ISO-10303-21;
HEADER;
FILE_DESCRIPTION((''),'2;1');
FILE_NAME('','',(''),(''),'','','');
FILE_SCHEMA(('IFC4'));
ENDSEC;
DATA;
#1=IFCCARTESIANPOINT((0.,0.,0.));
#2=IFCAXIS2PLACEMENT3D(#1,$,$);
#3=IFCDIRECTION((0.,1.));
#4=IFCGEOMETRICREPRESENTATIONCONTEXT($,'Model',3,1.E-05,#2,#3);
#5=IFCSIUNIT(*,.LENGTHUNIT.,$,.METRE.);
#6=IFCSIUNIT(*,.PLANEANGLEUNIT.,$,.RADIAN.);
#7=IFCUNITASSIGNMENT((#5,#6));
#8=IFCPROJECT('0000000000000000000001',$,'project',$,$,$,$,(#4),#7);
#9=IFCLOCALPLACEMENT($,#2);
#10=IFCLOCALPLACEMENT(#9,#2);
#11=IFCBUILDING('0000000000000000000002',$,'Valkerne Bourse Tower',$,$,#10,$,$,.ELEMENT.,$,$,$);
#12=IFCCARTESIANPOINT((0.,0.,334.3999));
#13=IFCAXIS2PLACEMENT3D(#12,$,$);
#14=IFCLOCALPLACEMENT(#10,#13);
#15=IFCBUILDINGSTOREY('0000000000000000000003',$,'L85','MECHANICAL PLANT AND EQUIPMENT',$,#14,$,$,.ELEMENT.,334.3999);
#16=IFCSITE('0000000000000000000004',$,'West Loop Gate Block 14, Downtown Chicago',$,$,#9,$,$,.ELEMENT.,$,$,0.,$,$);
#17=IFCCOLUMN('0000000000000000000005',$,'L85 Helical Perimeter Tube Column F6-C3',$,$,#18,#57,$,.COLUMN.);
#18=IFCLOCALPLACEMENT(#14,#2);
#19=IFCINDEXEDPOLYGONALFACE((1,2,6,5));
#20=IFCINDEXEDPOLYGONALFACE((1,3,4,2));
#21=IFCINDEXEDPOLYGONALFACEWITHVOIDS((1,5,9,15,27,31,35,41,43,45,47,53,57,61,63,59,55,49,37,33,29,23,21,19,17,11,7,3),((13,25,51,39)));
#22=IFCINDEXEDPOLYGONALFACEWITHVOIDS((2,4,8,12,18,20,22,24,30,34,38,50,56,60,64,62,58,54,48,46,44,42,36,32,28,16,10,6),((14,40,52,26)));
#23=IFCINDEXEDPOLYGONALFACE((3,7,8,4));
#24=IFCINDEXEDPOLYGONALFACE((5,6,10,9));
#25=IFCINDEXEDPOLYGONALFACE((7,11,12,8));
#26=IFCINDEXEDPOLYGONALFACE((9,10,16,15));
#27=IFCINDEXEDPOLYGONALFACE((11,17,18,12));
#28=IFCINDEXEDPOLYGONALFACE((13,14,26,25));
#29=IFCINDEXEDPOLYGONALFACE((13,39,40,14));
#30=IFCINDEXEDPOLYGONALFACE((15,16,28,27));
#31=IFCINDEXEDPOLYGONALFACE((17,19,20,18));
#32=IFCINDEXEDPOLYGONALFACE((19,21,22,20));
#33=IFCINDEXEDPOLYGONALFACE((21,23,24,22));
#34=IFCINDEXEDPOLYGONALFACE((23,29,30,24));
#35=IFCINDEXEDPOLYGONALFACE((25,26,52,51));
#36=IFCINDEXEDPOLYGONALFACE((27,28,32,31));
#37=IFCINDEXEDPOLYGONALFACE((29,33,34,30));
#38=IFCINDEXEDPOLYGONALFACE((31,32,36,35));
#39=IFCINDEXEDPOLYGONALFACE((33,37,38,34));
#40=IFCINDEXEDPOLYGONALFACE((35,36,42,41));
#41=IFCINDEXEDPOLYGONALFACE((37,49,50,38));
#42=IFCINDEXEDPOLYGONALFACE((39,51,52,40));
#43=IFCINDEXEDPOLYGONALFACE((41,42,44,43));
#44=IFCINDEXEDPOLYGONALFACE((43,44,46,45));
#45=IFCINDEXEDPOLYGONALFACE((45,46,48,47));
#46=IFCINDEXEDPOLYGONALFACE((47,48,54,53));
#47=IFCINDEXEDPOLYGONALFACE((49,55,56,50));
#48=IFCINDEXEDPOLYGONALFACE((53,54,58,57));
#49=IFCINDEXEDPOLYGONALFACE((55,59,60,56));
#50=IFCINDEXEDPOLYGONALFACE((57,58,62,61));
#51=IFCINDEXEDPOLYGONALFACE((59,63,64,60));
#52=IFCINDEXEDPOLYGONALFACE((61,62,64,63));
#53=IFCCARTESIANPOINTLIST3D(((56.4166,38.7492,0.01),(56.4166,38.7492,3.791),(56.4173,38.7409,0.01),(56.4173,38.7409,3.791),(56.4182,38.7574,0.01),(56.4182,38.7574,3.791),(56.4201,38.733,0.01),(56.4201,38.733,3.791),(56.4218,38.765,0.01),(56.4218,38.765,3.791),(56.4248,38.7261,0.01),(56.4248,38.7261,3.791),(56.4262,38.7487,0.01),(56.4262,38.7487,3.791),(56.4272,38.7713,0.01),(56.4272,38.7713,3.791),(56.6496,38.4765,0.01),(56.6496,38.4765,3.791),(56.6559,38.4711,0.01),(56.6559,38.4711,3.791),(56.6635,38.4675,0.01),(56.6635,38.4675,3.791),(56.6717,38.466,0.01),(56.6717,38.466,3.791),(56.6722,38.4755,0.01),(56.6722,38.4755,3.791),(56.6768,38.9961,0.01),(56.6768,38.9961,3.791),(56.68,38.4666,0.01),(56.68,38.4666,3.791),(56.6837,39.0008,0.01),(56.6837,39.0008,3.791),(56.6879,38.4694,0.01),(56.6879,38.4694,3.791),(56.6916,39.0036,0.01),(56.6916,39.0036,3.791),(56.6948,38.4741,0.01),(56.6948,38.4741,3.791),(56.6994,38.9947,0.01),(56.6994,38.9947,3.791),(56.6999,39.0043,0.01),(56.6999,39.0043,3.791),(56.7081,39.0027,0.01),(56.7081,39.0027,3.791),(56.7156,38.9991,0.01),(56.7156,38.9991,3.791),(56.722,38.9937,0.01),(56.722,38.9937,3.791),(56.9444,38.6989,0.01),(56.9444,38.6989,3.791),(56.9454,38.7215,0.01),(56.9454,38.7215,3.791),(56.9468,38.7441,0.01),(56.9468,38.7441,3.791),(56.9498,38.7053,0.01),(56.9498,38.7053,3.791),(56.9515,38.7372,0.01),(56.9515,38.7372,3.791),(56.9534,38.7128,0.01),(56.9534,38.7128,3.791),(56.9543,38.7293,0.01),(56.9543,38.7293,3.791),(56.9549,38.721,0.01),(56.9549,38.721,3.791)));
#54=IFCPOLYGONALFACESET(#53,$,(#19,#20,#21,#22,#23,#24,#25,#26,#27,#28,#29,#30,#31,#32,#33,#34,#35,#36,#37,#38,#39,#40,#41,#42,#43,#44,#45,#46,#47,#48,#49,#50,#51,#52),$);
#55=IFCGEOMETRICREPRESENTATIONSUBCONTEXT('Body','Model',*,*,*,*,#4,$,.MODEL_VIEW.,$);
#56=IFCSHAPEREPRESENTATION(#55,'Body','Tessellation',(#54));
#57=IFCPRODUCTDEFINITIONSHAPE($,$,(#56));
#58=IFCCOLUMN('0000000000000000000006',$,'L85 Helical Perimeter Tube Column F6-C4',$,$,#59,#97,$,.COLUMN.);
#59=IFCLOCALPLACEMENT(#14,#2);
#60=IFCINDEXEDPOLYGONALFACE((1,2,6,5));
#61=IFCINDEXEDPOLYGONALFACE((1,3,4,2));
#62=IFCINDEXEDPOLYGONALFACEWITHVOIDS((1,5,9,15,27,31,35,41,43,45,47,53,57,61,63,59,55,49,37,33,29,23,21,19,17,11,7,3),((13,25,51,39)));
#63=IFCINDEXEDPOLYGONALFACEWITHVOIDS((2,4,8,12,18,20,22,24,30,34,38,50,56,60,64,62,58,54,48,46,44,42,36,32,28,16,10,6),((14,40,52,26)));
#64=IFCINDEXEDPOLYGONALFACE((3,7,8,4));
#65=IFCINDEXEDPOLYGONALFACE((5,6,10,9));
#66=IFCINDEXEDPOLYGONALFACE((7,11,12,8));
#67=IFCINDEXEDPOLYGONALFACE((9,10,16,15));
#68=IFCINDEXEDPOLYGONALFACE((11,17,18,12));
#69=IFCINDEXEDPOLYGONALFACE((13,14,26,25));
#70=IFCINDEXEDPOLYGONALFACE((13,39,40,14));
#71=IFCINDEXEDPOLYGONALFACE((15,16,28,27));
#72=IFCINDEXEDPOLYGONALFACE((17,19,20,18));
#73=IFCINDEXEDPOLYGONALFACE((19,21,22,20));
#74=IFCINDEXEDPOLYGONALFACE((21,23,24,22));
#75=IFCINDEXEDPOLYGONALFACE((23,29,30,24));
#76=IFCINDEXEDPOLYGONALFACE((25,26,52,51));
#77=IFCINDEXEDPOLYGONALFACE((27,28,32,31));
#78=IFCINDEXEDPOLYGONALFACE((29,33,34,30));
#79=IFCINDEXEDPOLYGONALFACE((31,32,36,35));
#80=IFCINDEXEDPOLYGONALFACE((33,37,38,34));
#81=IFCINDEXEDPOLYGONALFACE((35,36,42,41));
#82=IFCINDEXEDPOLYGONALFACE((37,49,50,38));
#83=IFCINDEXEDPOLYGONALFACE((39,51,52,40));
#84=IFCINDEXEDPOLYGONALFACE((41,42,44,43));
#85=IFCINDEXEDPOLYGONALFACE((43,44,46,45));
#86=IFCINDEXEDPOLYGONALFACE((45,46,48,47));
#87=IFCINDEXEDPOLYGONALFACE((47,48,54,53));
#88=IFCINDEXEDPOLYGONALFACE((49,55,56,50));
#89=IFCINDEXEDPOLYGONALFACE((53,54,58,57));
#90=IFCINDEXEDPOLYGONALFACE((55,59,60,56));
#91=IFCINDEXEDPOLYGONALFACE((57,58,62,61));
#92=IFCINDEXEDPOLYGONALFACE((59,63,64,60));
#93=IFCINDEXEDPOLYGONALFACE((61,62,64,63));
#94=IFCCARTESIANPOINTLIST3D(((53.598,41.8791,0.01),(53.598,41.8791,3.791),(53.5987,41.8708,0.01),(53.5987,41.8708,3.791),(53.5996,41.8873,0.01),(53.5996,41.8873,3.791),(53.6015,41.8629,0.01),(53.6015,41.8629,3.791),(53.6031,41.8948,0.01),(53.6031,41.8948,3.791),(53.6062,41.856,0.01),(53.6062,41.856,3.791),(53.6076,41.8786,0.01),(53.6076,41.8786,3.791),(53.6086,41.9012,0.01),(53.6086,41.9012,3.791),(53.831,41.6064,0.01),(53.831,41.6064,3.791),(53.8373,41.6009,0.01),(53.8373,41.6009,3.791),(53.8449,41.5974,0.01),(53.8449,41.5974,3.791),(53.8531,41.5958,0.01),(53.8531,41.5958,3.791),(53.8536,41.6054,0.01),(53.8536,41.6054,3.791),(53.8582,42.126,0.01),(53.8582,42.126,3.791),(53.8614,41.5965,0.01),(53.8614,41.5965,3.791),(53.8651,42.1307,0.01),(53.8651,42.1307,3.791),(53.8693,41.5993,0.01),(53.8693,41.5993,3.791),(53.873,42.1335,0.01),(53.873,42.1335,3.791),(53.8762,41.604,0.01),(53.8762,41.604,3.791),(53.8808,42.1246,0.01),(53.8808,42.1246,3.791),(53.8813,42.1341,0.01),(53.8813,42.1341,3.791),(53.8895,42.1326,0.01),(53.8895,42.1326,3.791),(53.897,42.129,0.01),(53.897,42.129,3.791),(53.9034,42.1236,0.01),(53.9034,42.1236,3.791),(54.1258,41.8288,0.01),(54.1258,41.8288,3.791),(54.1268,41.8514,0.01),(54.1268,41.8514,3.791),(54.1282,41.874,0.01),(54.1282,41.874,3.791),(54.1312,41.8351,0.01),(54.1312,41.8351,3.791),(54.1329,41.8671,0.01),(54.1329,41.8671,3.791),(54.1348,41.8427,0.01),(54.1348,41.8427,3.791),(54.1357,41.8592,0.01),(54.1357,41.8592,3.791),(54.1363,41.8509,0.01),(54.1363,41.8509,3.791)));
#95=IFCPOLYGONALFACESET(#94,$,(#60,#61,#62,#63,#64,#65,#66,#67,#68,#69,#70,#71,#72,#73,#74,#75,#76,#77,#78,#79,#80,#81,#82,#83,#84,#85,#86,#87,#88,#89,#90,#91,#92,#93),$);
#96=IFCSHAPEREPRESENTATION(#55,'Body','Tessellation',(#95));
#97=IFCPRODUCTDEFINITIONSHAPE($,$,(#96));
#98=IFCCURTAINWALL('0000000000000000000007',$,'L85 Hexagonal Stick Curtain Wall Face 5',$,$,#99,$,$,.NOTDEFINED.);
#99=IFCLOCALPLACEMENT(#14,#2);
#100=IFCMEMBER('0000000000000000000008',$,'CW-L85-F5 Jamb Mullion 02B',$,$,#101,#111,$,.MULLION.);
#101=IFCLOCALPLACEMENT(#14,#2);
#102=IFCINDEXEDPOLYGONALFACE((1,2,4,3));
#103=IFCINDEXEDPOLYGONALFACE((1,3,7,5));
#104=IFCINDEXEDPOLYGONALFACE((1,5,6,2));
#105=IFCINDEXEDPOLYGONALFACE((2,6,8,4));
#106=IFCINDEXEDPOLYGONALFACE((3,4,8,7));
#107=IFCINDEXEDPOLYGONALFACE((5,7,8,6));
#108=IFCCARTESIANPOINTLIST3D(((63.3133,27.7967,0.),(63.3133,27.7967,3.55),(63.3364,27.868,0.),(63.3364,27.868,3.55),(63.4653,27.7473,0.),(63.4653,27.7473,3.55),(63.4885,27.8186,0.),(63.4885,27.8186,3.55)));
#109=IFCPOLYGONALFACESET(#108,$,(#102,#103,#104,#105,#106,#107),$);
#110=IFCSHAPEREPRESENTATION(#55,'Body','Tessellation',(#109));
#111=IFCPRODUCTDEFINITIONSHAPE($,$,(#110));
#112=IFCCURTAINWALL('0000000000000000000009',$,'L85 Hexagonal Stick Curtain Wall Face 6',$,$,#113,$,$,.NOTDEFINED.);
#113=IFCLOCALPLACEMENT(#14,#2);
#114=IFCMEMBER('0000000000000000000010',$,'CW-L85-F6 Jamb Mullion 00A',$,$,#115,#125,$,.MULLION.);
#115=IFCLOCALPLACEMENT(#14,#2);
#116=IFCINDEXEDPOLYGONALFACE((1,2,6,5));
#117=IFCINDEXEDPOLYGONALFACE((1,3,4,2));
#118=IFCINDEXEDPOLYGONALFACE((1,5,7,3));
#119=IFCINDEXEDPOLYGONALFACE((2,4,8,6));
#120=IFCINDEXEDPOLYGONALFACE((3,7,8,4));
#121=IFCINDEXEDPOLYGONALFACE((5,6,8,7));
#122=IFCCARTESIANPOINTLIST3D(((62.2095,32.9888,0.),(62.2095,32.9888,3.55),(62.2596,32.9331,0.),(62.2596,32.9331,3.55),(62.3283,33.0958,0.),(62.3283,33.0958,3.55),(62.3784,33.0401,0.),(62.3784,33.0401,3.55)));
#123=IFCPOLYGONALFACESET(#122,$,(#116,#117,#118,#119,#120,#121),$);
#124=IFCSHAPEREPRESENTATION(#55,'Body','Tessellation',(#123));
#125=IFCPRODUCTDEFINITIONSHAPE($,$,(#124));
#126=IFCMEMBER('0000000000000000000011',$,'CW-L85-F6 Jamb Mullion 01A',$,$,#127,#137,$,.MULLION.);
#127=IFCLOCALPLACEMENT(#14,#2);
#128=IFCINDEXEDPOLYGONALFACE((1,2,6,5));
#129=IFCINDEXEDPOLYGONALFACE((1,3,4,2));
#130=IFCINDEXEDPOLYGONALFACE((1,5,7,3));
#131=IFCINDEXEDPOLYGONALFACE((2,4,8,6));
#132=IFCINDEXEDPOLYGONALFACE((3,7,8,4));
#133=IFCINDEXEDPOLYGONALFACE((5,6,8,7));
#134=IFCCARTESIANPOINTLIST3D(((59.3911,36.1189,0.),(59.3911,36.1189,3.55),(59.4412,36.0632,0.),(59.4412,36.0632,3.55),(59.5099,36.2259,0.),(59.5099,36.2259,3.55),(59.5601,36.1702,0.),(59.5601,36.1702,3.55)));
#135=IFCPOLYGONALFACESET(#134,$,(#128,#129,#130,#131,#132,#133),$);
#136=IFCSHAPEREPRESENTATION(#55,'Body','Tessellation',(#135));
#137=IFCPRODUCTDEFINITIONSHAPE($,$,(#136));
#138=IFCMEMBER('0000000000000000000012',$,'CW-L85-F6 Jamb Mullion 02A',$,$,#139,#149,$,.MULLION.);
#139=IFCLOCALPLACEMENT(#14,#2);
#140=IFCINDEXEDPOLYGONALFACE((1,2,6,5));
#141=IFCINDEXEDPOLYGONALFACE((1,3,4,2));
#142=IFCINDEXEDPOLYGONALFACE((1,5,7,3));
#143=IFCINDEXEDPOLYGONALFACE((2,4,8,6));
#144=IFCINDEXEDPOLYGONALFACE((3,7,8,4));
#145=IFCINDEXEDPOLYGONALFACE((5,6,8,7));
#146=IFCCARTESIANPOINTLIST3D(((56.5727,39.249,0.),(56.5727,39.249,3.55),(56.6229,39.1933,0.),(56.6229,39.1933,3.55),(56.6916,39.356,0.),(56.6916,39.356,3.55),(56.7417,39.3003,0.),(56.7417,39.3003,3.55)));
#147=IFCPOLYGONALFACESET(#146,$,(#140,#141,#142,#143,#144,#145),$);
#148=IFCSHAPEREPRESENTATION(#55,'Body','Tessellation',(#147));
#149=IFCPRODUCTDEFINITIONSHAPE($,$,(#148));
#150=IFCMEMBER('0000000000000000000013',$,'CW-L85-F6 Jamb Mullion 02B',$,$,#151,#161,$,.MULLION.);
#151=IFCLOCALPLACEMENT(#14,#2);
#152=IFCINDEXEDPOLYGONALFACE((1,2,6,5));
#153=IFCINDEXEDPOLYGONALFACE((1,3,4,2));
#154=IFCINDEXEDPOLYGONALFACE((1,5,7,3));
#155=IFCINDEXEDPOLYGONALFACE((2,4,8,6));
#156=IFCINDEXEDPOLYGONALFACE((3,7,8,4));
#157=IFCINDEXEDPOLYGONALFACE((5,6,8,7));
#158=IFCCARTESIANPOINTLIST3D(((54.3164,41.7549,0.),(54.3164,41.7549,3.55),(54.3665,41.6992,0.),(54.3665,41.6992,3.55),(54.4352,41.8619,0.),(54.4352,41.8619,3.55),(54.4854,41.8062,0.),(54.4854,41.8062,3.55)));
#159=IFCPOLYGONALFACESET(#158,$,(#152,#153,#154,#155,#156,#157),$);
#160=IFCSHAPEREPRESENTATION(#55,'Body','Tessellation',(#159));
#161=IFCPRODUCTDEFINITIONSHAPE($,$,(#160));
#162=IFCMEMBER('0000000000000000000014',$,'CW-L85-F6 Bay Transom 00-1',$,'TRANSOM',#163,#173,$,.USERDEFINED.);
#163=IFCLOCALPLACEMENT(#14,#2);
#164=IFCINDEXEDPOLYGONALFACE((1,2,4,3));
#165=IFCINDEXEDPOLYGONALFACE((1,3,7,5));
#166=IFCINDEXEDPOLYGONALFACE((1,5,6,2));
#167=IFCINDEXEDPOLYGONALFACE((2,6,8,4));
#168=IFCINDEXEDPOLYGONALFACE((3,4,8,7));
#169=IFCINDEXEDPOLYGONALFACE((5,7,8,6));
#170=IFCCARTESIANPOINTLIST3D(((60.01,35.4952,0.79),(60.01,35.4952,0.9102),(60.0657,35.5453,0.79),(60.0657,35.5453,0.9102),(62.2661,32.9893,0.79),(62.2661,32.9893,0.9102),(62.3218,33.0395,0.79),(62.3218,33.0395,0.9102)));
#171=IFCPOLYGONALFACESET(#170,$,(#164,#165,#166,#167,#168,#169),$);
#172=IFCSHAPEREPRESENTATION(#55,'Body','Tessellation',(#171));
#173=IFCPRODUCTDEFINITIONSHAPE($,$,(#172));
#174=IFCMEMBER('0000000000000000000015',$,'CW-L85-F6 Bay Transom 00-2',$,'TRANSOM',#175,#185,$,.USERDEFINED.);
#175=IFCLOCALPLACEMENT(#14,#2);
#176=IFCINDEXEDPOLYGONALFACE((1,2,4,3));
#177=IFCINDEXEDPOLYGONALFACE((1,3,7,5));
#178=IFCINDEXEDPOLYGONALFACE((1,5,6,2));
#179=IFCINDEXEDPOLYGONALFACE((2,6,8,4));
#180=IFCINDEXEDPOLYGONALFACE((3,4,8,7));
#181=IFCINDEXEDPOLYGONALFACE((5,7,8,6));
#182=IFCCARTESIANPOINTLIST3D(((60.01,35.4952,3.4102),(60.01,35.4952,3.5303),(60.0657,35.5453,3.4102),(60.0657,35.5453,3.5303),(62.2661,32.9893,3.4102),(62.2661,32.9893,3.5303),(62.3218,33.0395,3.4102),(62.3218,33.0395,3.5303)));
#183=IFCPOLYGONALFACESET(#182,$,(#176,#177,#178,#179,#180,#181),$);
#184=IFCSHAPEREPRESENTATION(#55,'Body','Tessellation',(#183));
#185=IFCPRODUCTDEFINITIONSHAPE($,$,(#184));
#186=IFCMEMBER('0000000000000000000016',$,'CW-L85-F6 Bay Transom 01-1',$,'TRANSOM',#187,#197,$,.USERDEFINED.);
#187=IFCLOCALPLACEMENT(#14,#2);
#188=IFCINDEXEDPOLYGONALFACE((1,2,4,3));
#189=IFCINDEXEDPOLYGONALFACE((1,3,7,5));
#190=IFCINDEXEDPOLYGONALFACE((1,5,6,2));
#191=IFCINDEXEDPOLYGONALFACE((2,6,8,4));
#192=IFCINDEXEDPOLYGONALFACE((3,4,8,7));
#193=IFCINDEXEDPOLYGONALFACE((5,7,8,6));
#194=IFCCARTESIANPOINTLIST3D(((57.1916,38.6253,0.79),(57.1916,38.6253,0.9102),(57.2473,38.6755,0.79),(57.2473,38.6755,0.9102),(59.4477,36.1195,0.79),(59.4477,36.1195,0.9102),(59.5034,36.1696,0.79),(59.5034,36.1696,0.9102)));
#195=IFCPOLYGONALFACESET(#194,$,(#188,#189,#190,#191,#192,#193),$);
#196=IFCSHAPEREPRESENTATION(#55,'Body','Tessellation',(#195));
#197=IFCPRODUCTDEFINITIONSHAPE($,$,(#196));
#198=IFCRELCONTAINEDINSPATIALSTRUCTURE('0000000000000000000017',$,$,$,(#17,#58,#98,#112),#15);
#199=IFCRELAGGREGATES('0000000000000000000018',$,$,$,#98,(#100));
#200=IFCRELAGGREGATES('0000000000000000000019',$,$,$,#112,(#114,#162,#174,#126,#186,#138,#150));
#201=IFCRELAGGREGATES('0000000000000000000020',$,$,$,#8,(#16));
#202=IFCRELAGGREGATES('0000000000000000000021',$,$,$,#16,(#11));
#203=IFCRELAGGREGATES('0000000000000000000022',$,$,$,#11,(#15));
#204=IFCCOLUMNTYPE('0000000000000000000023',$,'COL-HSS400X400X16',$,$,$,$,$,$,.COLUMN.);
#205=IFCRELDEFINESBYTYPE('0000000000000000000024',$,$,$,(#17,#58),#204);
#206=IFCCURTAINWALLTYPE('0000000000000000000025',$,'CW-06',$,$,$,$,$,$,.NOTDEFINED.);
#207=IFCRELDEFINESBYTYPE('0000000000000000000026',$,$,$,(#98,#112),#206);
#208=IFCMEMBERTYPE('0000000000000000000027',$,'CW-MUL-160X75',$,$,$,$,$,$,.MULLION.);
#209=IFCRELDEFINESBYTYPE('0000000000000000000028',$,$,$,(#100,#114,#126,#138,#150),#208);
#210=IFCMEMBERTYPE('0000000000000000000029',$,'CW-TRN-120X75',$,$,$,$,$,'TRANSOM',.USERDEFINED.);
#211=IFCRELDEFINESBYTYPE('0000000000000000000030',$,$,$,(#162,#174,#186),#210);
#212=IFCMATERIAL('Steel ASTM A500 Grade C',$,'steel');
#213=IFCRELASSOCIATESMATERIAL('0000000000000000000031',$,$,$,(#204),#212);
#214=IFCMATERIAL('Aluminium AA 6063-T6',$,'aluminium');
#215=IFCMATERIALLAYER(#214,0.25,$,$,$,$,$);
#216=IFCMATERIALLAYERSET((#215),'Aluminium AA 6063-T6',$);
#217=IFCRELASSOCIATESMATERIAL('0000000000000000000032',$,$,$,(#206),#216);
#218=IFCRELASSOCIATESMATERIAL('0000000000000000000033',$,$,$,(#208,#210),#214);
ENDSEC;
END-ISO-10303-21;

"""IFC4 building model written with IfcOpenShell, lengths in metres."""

from ifc_helpers import new_model, si_unit, direction, frame, origin, origin_2d, place, context, subcontext, project, spatial, rectangle, hollow_rectangle, extrude, material, layer, layer_set, material_profile, profile_set, type_object, element, aggregate, save


model = new_model("IFC4")

# Units and contexts
model_context = context("Model", 3, precision=1e-05, world=origin(), true_north=direction((0.0, 1.0)))
body_context = subcontext(model_context, "Body", "Model", "MODEL_VIEW")
ifc_project = project(units=[si_unit("LENGTHUNIT", "METRE"), si_unit("PLANEANGLEUNIT", "RADIAN")], contexts=[model_context])

# Site, building, storey
site_placement = place(None, origin())
site = spatial("IfcSite", under=ifc_project, at=site_placement, Name="West Loop Gate Block 14, Downtown Chicago", CompositionType="ELEMENT", RefElevation=0.0)
building_placement = place(site_placement, origin())
building = spatial("IfcBuilding", under=site, at=building_placement, Name="Valkerne Bourse Tower", CompositionType="ELEMENT")
storey_placement = place(building_placement, frame((0.0, 0.0, 334.3999)))
storey = spatial("IfcBuildingStorey", under=building, at=storey_placement, Name="L85", Description="MECHANICAL PLANT AND EQUIPMENT", CompositionType="ELEMENT", Elevation=334.3999)

# Columns
ifc_material_1 = material(Name="Steel ASTM A500 Grade C", Category="steel")
ifc_material_profile_1 = material_profile(ifc_material_1, hollow_rectangle(XDim=0.3999, YDim=0.3999, WallThickness=0.0161, OuterFilletRadius=0.032, at=origin_2d()), Name="HSS400X400X16")
ifc_profile_set_1 = profile_set([ifc_material_profile_1], Name="Steel ASTM A500 Grade C")
column_type = type_object("IfcColumnType", Name="COL-HSS400X400X16", PredefinedType="COLUMN", material=ifc_profile_set_1)
for number, where, z_axis, x_axis, name in (
    (1, (56.6858, 38.7351, 0.01), (0.0, 0.0, 1.0), (-0.669131, 0.743145, 0.0), "L85 Helical Perimeter Tube Column F6-C3"),
    (2, (53.8672, 41.865, 0.01), (0.0, 0.0, 1.0), (-0.669131, 0.743145, 0.0), "L85 Helical Perimeter Tube Column F6-C4"),
):
    element("IfcColumn", number, at=place(storey_placement, frame(where, z_axis=z_axis, x_axis=x_axis)), inside=storey, type_object=column_type, Name=name, PredefinedType="COLUMN", context=body_context, shape_type="SweptSolid", body=[
        extrude(hollow_rectangle(XDim=0.3999, YDim=0.3999, WallThickness=0.0161, OuterFilletRadius=0.032, at=origin_2d()), origin(), (0.0, 0.0, 1.0), 3.781),
    ])

# Curtain wall, member
ifc_material_2 = material(Name="Aluminium AA 6063-T6", Category="aluminium")
ifc_layer_1 = layer(ifc_material_2, 0.25)
ifc_layer_set_1 = layer_set([ifc_layer_1], Name="Aluminium AA 6063-T6")
curtain_wall_type = type_object("IfcCurtainWallType", Name="CW-06", PredefinedType="NOTDEFINED", material=ifc_layer_set_1)
curtain_wall_1_placement = place(storey_placement, origin())
curtain_wall_1 = element("IfcCurtainWall", 3, at=curtain_wall_1_placement, inside=storey, type_object=curtain_wall_type, Name="L85 Hexagonal Stick Curtain Wall Face 5", PredefinedType="NOTDEFINED")
ifc_material_profile_2 = material_profile(ifc_material_2, rectangle(XDim=0.075, YDim=0.1599, at=origin_2d()), Name="CWM-75X160")
ifc_profile_set_2 = profile_set([ifc_material_profile_2], Name="Aluminium AA 6063-T6")
member_type_1 = type_object("IfcMemberType", Name="CW-MUL-160X75", PredefinedType="MULLION", material=ifc_profile_set_2)
member_1_placement = place(storey_placement, frame((63.4009, 27.8076, 0.0), z_axis=(0.0, 0.0, 1.0), x_axis=(0.309003, 0.951061, 0.0)))
member_1 = element("IfcMember", 4, at=member_1_placement, type_object=member_type_1, Name="CW-L85-F5 Jamb Mullion 02B", PredefinedType="MULLION", context=body_context, shape_type="SweptSolid", body=[
    extrude(rectangle(XDim=0.075, YDim=0.1599, at=origin_2d()), origin(), (0.0, 0.0, 1.0), 3.55),
])
aggregate(curtain_wall_1, [member_1])

# Curtain wall, members
curtain_wall_2_placement = place(storey_placement, origin())
curtain_wall_2 = element("IfcCurtainWall", 5, at=curtain_wall_2_placement, inside=storey, type_object=curtain_wall_type, Name="L85 Hexagonal Stick Curtain Wall Face 6", PredefinedType="NOTDEFINED")
member_2_placement = place(storey_placement, frame((62.2939, 33.0144, 0.0), z_axis=(0.0, 0.0, 1.0), x_axis=(-0.669123, 0.743151, 0.0)))
member_2 = element("IfcMember", 6, at=member_2_placement, type_object=member_type_1, Name="CW-L85-F6 Jamb Mullion 00A", PredefinedType="MULLION", context=body_context, shape_type="SweptSolid", body=[
    extrude(rectangle(XDim=0.075, YDim=0.1599, at=origin_2d()), origin(), (0.0, 0.0, 1.0), 3.55),
])
member_3_placement = place(storey_placement, frame((59.4756, 36.1445, 0.0), z_axis=(0.0, 0.0, 1.0), x_axis=(-0.669137, 0.743139, 0.0)))
member_3 = element("IfcMember", 7, at=member_3_placement, type_object=member_type_1, Name="CW-L85-F6 Jamb Mullion 01A", PredefinedType="MULLION", context=body_context, shape_type="SweptSolid", body=[
    extrude(rectangle(XDim=0.075, YDim=0.1599, at=origin_2d()), origin(), (0.0, 0.0, 1.0), 3.55),
])
member_4_placement = place(storey_placement, frame((56.6572, 39.2747, 0.0), z_axis=(0.0, 0.0, 1.0), x_axis=(-0.669137, 0.743139, 0.0)))
member_4 = element("IfcMember", 8, at=member_4_placement, type_object=member_type_1, Name="CW-L85-F6 Jamb Mullion 02A", PredefinedType="MULLION", context=body_context, shape_type="SweptSolid", body=[
    extrude(rectangle(XDim=0.075, YDim=0.1599, at=origin_2d()), origin(), (0.0, 0.0, 1.0), 3.55),
])
member_5_placement = place(storey_placement, frame((54.4009, 41.7805, 0.0), z_axis=(0.0, 0.0, 1.0), x_axis=(-0.669137, 0.743139, 0.0)))
member_5 = element("IfcMember", 9, at=member_5_placement, type_object=member_type_1, Name="CW-L85-F6 Jamb Mullion 02B", PredefinedType="MULLION", context=body_context, shape_type="SweptSolid", body=[
    extrude(rectangle(XDim=0.075, YDim=0.1599, at=origin_2d()), origin(), (0.0, 0.0, 1.0), 3.55),
])
ifc_material_profile_3 = material_profile(ifc_material_2, rectangle(XDim=0.075, YDim=0.1201, at=origin_2d()), Name="CWT-75X120")
ifc_profile_set_3 = profile_set([ifc_material_profile_3], Name="Aluminium AA 6063-T6")
member_type_2 = type_object("IfcMemberType", Name="CW-TRN-120X75", ElementType="TRANSOM", PredefinedType="USERDEFINED", material=ifc_profile_set_3)
member_6_placement = place(storey_placement, frame((62.2939, 33.0144, 0.8501), z_axis=(-0.669101, 0.743172, 0.0), x_axis=(-0.743172, -0.669101, 0.0)))
member_6 = element("IfcMember", 10, at=member_6_placement, type_object=member_type_2, Name="CW-L85-F6 Bay Transom 00-1", ObjectType="TRANSOM", PredefinedType="USERDEFINED", context=body_context, shape_type="SweptSolid", body=[
    extrude(rectangle(XDim=0.075, YDim=0.1201, at=origin_2d()), origin(), (0.0, 0.0, 1.0), 3.3718),
])
member_7_placement = place(storey_placement, frame((62.2939, 33.0144, 3.4702), z_axis=(-0.669101, 0.743172, 0.0), x_axis=(-0.743172, -0.669101, 0.0)))
member_7 = element("IfcMember", 11, at=member_7_placement, type_object=member_type_2, Name="CW-L85-F6 Bay Transom 00-2", ObjectType="TRANSOM", PredefinedType="USERDEFINED", context=body_context, shape_type="SweptSolid", body=[
    extrude(rectangle(XDim=0.075, YDim=0.1201, at=origin_2d()), origin(), (0.0, 0.0, 1.0), 3.3718),
])
member_8_placement = place(storey_placement, frame((59.4756, 36.1445, 0.8501), z_axis=(-0.669101, 0.743172, 0.0), x_axis=(-0.743172, -0.669101, 0.0)))
member_8 = element("IfcMember", 12, at=member_8_placement, type_object=member_type_2, Name="CW-L85-F6 Bay Transom 01-1", ObjectType="TRANSOM", PredefinedType="USERDEFINED", context=body_context, shape_type="SweptSolid", body=[
    extrude(rectangle(XDim=0.075, YDim=0.1201, at=origin_2d()), origin(), (0.0, 0.0, 1.0), 3.3718),
])
aggregate(curtain_wall_2, [member_2, member_6, member_7, member_3, member_8, member_4, member_5])

save(model, "model.ifc")
